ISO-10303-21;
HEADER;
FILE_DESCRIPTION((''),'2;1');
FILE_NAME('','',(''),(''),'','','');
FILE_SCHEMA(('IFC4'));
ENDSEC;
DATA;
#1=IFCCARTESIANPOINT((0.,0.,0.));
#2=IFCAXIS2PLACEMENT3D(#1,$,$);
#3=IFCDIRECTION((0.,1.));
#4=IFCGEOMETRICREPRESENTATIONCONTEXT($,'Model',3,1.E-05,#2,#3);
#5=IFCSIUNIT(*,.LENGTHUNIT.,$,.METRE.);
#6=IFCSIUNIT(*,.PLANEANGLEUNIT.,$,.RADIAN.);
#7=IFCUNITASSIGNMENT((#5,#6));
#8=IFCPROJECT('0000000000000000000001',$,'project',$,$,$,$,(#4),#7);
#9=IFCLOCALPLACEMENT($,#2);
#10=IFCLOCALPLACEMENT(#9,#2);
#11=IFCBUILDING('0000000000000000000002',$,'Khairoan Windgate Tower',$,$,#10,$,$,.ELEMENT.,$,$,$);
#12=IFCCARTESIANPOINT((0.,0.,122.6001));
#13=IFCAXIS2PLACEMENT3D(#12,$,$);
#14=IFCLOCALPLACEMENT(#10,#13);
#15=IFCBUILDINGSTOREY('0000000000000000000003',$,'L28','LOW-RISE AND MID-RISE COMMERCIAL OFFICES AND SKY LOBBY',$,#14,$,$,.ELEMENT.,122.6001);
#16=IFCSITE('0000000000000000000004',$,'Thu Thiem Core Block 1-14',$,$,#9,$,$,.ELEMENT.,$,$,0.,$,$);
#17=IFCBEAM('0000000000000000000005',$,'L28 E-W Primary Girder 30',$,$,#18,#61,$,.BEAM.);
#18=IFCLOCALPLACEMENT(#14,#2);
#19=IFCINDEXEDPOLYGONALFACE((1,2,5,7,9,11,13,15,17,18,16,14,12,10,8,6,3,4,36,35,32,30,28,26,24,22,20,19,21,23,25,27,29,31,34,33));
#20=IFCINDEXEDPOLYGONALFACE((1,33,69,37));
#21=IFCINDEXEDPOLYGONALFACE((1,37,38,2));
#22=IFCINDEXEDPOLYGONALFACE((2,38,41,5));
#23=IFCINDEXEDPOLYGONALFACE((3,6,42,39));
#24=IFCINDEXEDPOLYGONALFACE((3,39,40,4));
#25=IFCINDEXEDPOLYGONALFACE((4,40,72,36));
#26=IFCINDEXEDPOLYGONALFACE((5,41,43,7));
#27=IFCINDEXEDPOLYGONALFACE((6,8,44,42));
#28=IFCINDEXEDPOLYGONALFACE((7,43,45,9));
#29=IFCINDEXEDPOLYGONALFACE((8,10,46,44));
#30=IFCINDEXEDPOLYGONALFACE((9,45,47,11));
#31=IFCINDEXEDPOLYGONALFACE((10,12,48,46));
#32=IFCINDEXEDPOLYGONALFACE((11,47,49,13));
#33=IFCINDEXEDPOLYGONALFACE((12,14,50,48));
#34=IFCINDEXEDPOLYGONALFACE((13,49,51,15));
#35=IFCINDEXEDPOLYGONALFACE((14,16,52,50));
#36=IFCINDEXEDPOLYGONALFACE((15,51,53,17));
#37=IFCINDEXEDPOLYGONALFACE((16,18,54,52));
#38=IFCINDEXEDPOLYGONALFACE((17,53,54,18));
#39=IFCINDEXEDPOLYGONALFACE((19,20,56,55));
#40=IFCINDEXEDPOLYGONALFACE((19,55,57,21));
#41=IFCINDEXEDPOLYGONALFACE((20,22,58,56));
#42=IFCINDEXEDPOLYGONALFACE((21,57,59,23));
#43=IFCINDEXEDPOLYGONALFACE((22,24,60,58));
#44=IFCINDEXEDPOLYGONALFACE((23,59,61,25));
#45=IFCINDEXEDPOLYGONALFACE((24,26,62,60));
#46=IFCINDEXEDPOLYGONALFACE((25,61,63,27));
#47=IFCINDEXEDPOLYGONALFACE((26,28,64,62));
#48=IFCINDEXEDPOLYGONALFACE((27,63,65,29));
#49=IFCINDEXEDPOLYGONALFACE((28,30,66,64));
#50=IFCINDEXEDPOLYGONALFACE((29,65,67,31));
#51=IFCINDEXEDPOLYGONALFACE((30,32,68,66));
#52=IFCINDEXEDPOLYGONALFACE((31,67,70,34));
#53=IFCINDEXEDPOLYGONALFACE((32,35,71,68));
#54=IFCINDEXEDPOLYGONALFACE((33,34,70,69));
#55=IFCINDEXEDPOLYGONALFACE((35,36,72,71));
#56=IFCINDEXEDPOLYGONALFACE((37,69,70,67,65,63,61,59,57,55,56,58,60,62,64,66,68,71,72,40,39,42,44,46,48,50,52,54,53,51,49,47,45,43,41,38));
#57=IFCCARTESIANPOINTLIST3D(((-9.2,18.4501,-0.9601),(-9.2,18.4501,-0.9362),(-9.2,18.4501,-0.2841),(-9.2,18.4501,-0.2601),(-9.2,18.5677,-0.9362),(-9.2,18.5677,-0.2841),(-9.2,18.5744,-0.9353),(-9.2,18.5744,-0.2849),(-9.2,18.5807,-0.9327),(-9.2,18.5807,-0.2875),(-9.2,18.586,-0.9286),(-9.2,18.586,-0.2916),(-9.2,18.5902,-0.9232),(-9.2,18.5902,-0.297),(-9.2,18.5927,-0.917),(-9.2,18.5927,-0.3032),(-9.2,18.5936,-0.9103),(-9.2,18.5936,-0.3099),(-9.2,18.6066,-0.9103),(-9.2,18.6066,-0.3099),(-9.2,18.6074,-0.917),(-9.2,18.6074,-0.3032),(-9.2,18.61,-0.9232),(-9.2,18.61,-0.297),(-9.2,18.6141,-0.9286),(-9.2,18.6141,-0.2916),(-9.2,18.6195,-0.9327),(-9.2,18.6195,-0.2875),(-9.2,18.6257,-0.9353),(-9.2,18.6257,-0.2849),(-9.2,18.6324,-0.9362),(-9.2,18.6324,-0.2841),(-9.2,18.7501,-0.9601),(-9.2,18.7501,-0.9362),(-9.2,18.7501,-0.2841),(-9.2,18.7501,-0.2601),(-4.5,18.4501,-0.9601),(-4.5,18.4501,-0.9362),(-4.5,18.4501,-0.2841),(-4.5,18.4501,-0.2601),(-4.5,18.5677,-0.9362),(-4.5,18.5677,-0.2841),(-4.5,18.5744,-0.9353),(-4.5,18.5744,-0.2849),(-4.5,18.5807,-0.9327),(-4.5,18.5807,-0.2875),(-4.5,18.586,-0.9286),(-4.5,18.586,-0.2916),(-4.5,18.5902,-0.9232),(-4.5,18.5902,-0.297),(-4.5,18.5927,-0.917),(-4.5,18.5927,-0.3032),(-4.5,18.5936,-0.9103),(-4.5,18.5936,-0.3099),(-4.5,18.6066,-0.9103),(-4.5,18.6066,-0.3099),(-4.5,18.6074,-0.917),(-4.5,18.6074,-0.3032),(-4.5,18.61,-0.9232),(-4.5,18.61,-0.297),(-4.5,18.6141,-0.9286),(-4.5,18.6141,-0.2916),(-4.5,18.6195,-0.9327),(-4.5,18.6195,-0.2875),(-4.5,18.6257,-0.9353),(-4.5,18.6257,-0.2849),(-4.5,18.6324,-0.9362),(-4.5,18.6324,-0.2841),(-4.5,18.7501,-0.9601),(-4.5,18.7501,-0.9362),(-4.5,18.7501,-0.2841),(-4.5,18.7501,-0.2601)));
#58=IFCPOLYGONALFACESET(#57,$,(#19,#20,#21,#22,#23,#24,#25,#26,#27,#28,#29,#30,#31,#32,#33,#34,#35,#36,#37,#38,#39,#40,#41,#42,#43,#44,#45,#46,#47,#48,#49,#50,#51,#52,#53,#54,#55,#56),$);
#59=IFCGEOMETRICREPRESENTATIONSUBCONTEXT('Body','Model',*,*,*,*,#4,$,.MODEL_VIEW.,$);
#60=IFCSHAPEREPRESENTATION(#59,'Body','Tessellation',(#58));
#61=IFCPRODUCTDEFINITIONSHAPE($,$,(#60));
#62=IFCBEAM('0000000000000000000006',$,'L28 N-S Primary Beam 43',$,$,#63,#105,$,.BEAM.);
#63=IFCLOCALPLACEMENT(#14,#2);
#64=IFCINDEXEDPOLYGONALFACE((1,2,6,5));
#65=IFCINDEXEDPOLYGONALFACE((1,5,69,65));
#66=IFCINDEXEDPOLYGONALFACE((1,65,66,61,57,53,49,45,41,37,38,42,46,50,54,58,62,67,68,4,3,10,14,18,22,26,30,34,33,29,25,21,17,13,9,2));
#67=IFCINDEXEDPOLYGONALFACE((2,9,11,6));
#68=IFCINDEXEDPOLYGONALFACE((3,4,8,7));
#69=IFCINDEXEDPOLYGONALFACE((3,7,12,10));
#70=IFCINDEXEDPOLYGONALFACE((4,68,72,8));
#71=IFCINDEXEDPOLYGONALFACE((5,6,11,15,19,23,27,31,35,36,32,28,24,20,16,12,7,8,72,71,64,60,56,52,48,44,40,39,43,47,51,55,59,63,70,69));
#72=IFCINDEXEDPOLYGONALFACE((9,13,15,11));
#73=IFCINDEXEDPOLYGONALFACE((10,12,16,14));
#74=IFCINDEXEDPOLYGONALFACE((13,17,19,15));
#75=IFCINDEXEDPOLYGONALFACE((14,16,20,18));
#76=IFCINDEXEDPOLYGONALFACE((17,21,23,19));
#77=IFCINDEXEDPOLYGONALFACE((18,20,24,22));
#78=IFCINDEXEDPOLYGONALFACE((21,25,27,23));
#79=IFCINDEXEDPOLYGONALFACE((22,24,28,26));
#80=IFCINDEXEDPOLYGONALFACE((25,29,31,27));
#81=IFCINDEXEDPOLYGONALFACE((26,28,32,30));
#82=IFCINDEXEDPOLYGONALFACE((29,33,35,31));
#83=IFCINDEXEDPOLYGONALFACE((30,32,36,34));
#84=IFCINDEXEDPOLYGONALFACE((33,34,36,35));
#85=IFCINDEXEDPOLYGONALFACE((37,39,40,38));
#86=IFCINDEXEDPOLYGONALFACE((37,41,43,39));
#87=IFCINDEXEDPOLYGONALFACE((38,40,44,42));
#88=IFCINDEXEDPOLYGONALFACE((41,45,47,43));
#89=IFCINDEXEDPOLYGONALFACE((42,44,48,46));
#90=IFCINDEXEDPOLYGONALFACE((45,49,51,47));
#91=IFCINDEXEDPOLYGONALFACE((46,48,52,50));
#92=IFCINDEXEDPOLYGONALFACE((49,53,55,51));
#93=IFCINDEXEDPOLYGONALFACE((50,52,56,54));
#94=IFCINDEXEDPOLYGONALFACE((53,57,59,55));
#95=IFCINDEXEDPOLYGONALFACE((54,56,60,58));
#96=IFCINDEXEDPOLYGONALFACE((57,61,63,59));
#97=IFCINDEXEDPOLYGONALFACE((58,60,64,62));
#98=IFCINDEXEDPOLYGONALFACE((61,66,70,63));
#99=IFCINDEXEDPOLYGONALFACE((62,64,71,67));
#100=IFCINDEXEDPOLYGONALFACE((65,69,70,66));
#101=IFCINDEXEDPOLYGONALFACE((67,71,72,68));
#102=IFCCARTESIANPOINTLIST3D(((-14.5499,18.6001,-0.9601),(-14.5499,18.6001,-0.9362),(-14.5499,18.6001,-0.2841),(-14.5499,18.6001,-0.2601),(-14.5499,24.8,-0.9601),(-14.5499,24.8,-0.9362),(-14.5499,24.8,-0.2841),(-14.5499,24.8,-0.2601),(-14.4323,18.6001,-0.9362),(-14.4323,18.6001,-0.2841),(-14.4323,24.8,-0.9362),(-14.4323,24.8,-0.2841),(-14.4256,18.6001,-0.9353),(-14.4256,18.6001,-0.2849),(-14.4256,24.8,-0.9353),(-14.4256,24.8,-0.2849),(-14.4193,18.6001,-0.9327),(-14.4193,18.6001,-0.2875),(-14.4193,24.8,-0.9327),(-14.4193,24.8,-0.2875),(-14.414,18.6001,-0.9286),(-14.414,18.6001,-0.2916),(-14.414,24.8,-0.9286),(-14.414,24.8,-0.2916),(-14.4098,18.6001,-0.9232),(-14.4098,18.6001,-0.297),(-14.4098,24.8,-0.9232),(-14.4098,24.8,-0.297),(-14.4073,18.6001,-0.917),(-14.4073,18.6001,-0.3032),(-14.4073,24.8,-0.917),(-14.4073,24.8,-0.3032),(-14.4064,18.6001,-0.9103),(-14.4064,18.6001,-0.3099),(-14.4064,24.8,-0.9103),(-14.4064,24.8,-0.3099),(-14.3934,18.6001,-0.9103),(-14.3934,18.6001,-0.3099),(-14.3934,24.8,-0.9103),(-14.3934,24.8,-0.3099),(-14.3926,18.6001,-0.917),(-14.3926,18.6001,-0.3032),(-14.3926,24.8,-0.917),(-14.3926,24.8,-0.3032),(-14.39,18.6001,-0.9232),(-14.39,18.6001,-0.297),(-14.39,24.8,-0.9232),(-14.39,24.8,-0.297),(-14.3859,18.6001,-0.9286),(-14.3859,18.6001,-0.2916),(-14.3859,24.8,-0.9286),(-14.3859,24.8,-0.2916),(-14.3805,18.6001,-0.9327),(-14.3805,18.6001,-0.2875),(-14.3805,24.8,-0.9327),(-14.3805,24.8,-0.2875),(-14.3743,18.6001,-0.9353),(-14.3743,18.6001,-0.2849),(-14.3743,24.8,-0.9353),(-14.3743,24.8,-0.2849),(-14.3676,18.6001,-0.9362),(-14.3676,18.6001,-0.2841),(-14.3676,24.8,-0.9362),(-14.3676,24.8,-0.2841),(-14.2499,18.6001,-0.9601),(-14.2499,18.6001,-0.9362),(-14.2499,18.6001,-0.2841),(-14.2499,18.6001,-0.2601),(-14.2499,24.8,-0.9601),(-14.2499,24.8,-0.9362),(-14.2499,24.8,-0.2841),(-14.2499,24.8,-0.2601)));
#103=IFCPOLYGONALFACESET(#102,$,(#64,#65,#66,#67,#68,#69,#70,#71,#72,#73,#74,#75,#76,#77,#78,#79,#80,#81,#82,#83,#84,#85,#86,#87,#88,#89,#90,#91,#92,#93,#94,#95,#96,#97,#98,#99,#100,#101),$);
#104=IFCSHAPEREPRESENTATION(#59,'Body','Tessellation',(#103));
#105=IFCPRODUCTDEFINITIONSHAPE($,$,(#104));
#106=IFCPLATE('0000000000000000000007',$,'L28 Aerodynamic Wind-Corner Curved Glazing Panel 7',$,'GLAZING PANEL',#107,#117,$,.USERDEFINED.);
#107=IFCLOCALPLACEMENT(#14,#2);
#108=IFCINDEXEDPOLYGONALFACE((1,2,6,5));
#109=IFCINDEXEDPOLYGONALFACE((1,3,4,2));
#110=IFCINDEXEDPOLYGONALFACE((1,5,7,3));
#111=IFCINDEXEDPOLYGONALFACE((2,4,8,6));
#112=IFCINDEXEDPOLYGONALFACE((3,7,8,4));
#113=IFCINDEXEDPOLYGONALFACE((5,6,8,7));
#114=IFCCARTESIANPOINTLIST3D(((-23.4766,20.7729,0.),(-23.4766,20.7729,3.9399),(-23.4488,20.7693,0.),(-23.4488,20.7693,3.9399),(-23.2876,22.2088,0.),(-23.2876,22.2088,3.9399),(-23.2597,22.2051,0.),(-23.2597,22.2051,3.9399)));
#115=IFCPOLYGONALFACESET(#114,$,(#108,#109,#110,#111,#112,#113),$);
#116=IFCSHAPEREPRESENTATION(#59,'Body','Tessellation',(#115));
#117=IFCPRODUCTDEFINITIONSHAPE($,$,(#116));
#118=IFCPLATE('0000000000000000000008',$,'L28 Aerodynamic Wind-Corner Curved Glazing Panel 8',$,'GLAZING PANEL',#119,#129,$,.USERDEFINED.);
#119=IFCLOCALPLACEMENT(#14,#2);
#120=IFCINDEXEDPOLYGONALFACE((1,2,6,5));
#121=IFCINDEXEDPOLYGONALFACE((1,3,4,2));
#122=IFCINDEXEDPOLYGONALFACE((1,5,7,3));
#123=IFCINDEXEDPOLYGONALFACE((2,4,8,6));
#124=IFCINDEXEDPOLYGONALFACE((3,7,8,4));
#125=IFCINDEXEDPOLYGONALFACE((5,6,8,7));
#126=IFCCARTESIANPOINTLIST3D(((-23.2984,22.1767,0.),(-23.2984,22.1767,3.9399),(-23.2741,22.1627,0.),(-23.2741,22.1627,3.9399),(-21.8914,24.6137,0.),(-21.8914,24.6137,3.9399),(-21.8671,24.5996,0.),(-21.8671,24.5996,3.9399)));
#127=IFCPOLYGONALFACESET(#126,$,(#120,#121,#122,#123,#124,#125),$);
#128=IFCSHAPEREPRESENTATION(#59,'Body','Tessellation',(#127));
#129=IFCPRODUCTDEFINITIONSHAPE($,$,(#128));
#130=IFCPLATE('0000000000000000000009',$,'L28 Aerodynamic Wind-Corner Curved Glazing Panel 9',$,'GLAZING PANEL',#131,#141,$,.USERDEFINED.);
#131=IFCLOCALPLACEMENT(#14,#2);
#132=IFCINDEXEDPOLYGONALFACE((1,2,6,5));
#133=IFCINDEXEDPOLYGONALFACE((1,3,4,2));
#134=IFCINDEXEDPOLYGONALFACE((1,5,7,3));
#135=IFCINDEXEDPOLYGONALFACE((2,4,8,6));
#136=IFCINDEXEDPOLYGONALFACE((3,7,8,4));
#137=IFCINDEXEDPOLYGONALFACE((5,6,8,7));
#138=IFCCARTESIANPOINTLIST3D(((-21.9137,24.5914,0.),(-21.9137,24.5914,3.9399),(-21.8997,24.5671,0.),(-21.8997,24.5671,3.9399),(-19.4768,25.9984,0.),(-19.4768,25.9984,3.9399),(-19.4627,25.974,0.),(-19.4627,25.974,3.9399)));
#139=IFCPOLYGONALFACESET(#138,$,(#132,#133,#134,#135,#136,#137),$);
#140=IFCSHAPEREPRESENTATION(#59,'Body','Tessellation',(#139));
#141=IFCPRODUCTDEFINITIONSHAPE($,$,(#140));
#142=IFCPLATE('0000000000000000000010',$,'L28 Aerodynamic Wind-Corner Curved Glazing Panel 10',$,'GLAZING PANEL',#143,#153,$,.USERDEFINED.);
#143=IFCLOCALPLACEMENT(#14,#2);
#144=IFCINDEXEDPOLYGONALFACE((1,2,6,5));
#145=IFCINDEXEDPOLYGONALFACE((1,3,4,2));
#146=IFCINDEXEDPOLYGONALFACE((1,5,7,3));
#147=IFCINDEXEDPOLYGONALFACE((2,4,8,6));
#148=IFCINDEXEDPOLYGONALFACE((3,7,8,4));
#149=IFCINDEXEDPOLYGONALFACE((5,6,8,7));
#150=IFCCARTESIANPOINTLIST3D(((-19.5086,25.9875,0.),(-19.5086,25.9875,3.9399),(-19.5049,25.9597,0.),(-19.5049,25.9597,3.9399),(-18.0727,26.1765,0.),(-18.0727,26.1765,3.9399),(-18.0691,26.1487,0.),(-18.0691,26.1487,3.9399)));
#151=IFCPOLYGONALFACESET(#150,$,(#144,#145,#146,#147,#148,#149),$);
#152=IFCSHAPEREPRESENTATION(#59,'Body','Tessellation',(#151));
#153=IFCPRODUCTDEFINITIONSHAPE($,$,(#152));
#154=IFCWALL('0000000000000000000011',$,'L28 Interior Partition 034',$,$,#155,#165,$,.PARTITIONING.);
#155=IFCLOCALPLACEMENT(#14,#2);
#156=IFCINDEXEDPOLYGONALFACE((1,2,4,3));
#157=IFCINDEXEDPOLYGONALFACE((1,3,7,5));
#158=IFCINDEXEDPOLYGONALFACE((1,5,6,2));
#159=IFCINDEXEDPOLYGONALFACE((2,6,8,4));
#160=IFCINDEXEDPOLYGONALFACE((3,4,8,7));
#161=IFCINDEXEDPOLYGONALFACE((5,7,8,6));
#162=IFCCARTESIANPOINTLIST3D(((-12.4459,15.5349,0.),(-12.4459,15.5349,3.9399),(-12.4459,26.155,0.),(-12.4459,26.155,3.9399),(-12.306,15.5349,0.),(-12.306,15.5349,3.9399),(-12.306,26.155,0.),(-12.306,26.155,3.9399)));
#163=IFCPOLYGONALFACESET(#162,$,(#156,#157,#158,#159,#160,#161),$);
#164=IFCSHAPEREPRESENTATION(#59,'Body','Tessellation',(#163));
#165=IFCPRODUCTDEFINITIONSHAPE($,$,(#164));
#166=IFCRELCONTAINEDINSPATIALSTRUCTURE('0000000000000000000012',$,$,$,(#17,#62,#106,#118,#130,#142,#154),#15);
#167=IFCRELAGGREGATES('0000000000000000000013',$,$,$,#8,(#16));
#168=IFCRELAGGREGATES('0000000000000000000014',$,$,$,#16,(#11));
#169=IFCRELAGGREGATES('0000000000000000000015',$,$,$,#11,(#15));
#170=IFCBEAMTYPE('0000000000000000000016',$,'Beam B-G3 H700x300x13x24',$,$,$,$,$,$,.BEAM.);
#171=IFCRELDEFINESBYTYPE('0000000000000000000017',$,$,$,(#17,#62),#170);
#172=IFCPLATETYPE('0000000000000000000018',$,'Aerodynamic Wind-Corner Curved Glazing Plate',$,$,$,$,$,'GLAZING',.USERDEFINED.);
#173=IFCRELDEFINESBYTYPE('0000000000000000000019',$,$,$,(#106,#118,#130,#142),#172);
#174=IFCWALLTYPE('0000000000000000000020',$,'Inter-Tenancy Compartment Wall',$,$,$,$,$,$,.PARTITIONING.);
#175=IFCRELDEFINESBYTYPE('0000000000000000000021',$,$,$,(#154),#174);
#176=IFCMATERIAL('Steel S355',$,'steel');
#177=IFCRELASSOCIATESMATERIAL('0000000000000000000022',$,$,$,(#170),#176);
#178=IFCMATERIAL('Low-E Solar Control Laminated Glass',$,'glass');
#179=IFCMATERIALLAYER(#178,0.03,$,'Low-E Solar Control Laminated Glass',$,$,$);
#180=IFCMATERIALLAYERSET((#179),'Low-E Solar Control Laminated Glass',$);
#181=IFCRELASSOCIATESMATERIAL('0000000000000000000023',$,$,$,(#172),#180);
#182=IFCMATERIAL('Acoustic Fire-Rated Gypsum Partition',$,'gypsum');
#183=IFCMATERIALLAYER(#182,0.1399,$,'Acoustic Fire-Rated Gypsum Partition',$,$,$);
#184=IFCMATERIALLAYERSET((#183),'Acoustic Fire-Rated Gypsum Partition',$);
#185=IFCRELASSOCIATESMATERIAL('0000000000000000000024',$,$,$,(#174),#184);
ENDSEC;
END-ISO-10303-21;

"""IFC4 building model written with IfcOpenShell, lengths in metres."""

from ifc_helpers import new_model, si_unit, direction, frame, frame_2d, origin, origin_2d, place, context, subcontext, project, spatial, rectangle, i_section, extrude, material, layer, layer_set, material_profile, profile_set, type_object, element, save


model = new_model("IFC4")

# Units and contexts
model_context = context("Model", 3, precision=1e-05, world=origin(), true_north=direction((0.0, 1.0)))
body_context = subcontext(model_context, "Body", "Model", "MODEL_VIEW")
ifc_project = project(units=[si_unit("LENGTHUNIT", "METRE"), si_unit("PLANEANGLEUNIT", "RADIAN")], contexts=[model_context])

# Site, building, storey
site_placement = place(None, origin())
site = spatial("IfcSite", under=ifc_project, at=site_placement, Name="Thu Thiem Core Block 1-14", CompositionType="ELEMENT", RefElevation=0.0)
building_placement = place(site_placement, origin())
building = spatial("IfcBuilding", under=site, at=building_placement, Name="Khairoan Windgate Tower", CompositionType="ELEMENT")
storey_placement = place(building_placement, frame((0.0, 0.0, 122.6001)))
storey = spatial("IfcBuildingStorey", under=building, at=storey_placement, Name="L28", Description="LOW-RISE AND MID-RISE COMMERCIAL OFFICES AND SKY LOBBY", CompositionType="ELEMENT", Elevation=122.6001)

# Beams
ifc_material_1 = material(Name="Steel S355", Category="steel")
ifc_material_profile_1 = material_profile(ifc_material_1, i_section(OverallWidth=0.3, OverallDepth=0.7, WebThickness=0.0129, FlangeThickness=0.0239, FilletRadius=0.0259, at=origin_2d()))
ifc_profile_set_1 = profile_set([ifc_material_profile_1], Name="Steel S355")
beam_type = type_object("IfcBeamType", Name="Beam B-G3 H700x300x13x24", PredefinedType="BEAM", material=ifc_profile_set_1)
beam_1_placement = place(storey_placement, frame((-9.2, 18.6001, -0.6101), z_axis=(1.0, 0.0, 0.0), x_axis=(0.0, 1.0, 0.0)))
element("IfcBeam", 1, at=beam_1_placement, inside=storey, type_object=beam_type, Name="L28 E-W Primary Girder 30", PredefinedType="BEAM", context=body_context, shape_type="SweptSolid", body=[
    extrude(i_section(OverallWidth=0.3, OverallDepth=0.7, WebThickness=0.0129, FlangeThickness=0.0239, FilletRadius=0.0259, at=origin_2d()), origin(), (0.0, 0.0, 1.0), 4.7),
])
beam_2_placement = place(storey_placement, frame((-14.3999, 18.6001, -0.6101), z_axis=(0.0, 1.0, 0.0), x_axis=(-1.0, 0.0, 0.0)))
element("IfcBeam", 2, at=beam_2_placement, inside=storey, type_object=beam_type, Name="L28 N-S Primary Beam 43", PredefinedType="BEAM", context=body_context, shape_type="SweptSolid", body=[
    extrude(i_section(OverallWidth=0.3, OverallDepth=0.7, WebThickness=0.0129, FlangeThickness=0.0239, FilletRadius=0.0259, at=origin_2d()), origin(), (0.0, 0.0, 1.0), 6.2),
])

# Plates
ifc_material_2 = material(Name="Low-E Solar Control Laminated Glass", Category="glass")
ifc_layer_1 = layer(ifc_material_2, 0.03, Name="Low-E Solar Control Laminated Glass")
ifc_layer_set_1 = layer_set([ifc_layer_1], Name="Low-E Solar Control Laminated Glass")
plate_type_1 = type_object("IfcPlateType", Name="Aerodynamic Wind-Corner Curved Glazing Plate", ElementType="GLAZING", PredefinedType="USERDEFINED", material=ifc_layer_set_1)
plate_1_placement = place(storey_placement, frame((-23.3682, 21.489, 0.0), z_axis=(0.0, 0.0, 1.0), x_axis=(0.130526, 0.991445, 0.0)))
element("IfcPlate", 3, at=plate_1_placement, inside=storey, type_object=plate_type_1, Name="L28 Aerodynamic Wind-Corner Curved Glazing Panel 7", ObjectType="GLAZING PANEL", PredefinedType="USERDEFINED", context=body_context, shape_type="SweptSolid", body=[
    extrude(rectangle(XDim=1.4482, YDim=0.0281, at=origin_2d()), origin(), (0.0, 0.0, 1.0), 3.9399),
])
for number, where, z_axis, x_axis, name in (
    (4, (-22.5828, 23.3882, 0.0), (0.0, 0.0, 1.0), (0.5, 0.866025, 0.0), "L28 Aerodynamic Wind-Corner Curved Glazing Panel 8"),
    (5, (-20.6882, 25.2827, 0.0), (0.0, 0.0, 1.0), (0.866025, 0.5, 0.0), "L28 Aerodynamic Wind-Corner Curved Glazing Panel 9"),
):
    element("IfcPlate", number, at=place(storey_placement, frame(where, z_axis=z_axis, x_axis=x_axis)), inside=storey, type_object=plate_type_1, Name=name, ObjectType="GLAZING PANEL", PredefinedType="USERDEFINED", context=body_context, shape_type="SweptSolid", body=[
        extrude(rectangle(XDim=2.814, YDim=0.0281, at=origin_2d()), origin(), (0.0, 0.0, 1.0), 3.9399),
    ])
plate_2_placement = place(storey_placement, frame((-18.7888, 26.0681, 0.0), z_axis=(0.0, 0.0, 1.0), x_axis=(0.991445, 0.130526, 0.0)))
element("IfcPlate", 6, at=plate_2_placement, inside=storey, type_object=plate_type_1, Name="L28 Aerodynamic Wind-Corner Curved Glazing Panel 10", ObjectType="GLAZING PANEL", PredefinedType="USERDEFINED", context=body_context, shape_type="SweptSolid", body=[
    extrude(rectangle(XDim=1.4482, YDim=0.0281, at=origin_2d()), origin(), (0.0, 0.0, 1.0), 3.9399),
])

# Wall
ifc_material_3 = material(Name="Acoustic Fire-Rated Gypsum Partition", Category="gypsum")
ifc_layer_2 = layer(ifc_material_3, 0.1399, Name="Acoustic Fire-Rated Gypsum Partition")
ifc_layer_set_2 = layer_set([ifc_layer_2], Name="Acoustic Fire-Rated Gypsum Partition")
wall_type_1 = type_object("IfcWallType", Name="Inter-Tenancy Compartment Wall", PredefinedType="PARTITIONING", material=ifc_layer_set_2)
wall_1_placement = place(storey_placement, frame((-12.376, 15.5349, 0.0), z_axis=(0.0, 0.0, 1.0), x_axis=(0.0, 1.0, 0.0)))
element("IfcWall", 7, at=wall_1_placement, inside=storey, type_object=wall_type_1, Name="L28 Interior Partition 034", PredefinedType="PARTITIONING", context=body_context, shape_type="SweptSolid", body=[
    extrude(rectangle(XDim=10.6201, YDim=0.1399, at=frame_2d((5.3101, 0.0))), origin(), (0.0, 0.0, 1.0), 3.9399),
])

save(model, "model.ifc")
